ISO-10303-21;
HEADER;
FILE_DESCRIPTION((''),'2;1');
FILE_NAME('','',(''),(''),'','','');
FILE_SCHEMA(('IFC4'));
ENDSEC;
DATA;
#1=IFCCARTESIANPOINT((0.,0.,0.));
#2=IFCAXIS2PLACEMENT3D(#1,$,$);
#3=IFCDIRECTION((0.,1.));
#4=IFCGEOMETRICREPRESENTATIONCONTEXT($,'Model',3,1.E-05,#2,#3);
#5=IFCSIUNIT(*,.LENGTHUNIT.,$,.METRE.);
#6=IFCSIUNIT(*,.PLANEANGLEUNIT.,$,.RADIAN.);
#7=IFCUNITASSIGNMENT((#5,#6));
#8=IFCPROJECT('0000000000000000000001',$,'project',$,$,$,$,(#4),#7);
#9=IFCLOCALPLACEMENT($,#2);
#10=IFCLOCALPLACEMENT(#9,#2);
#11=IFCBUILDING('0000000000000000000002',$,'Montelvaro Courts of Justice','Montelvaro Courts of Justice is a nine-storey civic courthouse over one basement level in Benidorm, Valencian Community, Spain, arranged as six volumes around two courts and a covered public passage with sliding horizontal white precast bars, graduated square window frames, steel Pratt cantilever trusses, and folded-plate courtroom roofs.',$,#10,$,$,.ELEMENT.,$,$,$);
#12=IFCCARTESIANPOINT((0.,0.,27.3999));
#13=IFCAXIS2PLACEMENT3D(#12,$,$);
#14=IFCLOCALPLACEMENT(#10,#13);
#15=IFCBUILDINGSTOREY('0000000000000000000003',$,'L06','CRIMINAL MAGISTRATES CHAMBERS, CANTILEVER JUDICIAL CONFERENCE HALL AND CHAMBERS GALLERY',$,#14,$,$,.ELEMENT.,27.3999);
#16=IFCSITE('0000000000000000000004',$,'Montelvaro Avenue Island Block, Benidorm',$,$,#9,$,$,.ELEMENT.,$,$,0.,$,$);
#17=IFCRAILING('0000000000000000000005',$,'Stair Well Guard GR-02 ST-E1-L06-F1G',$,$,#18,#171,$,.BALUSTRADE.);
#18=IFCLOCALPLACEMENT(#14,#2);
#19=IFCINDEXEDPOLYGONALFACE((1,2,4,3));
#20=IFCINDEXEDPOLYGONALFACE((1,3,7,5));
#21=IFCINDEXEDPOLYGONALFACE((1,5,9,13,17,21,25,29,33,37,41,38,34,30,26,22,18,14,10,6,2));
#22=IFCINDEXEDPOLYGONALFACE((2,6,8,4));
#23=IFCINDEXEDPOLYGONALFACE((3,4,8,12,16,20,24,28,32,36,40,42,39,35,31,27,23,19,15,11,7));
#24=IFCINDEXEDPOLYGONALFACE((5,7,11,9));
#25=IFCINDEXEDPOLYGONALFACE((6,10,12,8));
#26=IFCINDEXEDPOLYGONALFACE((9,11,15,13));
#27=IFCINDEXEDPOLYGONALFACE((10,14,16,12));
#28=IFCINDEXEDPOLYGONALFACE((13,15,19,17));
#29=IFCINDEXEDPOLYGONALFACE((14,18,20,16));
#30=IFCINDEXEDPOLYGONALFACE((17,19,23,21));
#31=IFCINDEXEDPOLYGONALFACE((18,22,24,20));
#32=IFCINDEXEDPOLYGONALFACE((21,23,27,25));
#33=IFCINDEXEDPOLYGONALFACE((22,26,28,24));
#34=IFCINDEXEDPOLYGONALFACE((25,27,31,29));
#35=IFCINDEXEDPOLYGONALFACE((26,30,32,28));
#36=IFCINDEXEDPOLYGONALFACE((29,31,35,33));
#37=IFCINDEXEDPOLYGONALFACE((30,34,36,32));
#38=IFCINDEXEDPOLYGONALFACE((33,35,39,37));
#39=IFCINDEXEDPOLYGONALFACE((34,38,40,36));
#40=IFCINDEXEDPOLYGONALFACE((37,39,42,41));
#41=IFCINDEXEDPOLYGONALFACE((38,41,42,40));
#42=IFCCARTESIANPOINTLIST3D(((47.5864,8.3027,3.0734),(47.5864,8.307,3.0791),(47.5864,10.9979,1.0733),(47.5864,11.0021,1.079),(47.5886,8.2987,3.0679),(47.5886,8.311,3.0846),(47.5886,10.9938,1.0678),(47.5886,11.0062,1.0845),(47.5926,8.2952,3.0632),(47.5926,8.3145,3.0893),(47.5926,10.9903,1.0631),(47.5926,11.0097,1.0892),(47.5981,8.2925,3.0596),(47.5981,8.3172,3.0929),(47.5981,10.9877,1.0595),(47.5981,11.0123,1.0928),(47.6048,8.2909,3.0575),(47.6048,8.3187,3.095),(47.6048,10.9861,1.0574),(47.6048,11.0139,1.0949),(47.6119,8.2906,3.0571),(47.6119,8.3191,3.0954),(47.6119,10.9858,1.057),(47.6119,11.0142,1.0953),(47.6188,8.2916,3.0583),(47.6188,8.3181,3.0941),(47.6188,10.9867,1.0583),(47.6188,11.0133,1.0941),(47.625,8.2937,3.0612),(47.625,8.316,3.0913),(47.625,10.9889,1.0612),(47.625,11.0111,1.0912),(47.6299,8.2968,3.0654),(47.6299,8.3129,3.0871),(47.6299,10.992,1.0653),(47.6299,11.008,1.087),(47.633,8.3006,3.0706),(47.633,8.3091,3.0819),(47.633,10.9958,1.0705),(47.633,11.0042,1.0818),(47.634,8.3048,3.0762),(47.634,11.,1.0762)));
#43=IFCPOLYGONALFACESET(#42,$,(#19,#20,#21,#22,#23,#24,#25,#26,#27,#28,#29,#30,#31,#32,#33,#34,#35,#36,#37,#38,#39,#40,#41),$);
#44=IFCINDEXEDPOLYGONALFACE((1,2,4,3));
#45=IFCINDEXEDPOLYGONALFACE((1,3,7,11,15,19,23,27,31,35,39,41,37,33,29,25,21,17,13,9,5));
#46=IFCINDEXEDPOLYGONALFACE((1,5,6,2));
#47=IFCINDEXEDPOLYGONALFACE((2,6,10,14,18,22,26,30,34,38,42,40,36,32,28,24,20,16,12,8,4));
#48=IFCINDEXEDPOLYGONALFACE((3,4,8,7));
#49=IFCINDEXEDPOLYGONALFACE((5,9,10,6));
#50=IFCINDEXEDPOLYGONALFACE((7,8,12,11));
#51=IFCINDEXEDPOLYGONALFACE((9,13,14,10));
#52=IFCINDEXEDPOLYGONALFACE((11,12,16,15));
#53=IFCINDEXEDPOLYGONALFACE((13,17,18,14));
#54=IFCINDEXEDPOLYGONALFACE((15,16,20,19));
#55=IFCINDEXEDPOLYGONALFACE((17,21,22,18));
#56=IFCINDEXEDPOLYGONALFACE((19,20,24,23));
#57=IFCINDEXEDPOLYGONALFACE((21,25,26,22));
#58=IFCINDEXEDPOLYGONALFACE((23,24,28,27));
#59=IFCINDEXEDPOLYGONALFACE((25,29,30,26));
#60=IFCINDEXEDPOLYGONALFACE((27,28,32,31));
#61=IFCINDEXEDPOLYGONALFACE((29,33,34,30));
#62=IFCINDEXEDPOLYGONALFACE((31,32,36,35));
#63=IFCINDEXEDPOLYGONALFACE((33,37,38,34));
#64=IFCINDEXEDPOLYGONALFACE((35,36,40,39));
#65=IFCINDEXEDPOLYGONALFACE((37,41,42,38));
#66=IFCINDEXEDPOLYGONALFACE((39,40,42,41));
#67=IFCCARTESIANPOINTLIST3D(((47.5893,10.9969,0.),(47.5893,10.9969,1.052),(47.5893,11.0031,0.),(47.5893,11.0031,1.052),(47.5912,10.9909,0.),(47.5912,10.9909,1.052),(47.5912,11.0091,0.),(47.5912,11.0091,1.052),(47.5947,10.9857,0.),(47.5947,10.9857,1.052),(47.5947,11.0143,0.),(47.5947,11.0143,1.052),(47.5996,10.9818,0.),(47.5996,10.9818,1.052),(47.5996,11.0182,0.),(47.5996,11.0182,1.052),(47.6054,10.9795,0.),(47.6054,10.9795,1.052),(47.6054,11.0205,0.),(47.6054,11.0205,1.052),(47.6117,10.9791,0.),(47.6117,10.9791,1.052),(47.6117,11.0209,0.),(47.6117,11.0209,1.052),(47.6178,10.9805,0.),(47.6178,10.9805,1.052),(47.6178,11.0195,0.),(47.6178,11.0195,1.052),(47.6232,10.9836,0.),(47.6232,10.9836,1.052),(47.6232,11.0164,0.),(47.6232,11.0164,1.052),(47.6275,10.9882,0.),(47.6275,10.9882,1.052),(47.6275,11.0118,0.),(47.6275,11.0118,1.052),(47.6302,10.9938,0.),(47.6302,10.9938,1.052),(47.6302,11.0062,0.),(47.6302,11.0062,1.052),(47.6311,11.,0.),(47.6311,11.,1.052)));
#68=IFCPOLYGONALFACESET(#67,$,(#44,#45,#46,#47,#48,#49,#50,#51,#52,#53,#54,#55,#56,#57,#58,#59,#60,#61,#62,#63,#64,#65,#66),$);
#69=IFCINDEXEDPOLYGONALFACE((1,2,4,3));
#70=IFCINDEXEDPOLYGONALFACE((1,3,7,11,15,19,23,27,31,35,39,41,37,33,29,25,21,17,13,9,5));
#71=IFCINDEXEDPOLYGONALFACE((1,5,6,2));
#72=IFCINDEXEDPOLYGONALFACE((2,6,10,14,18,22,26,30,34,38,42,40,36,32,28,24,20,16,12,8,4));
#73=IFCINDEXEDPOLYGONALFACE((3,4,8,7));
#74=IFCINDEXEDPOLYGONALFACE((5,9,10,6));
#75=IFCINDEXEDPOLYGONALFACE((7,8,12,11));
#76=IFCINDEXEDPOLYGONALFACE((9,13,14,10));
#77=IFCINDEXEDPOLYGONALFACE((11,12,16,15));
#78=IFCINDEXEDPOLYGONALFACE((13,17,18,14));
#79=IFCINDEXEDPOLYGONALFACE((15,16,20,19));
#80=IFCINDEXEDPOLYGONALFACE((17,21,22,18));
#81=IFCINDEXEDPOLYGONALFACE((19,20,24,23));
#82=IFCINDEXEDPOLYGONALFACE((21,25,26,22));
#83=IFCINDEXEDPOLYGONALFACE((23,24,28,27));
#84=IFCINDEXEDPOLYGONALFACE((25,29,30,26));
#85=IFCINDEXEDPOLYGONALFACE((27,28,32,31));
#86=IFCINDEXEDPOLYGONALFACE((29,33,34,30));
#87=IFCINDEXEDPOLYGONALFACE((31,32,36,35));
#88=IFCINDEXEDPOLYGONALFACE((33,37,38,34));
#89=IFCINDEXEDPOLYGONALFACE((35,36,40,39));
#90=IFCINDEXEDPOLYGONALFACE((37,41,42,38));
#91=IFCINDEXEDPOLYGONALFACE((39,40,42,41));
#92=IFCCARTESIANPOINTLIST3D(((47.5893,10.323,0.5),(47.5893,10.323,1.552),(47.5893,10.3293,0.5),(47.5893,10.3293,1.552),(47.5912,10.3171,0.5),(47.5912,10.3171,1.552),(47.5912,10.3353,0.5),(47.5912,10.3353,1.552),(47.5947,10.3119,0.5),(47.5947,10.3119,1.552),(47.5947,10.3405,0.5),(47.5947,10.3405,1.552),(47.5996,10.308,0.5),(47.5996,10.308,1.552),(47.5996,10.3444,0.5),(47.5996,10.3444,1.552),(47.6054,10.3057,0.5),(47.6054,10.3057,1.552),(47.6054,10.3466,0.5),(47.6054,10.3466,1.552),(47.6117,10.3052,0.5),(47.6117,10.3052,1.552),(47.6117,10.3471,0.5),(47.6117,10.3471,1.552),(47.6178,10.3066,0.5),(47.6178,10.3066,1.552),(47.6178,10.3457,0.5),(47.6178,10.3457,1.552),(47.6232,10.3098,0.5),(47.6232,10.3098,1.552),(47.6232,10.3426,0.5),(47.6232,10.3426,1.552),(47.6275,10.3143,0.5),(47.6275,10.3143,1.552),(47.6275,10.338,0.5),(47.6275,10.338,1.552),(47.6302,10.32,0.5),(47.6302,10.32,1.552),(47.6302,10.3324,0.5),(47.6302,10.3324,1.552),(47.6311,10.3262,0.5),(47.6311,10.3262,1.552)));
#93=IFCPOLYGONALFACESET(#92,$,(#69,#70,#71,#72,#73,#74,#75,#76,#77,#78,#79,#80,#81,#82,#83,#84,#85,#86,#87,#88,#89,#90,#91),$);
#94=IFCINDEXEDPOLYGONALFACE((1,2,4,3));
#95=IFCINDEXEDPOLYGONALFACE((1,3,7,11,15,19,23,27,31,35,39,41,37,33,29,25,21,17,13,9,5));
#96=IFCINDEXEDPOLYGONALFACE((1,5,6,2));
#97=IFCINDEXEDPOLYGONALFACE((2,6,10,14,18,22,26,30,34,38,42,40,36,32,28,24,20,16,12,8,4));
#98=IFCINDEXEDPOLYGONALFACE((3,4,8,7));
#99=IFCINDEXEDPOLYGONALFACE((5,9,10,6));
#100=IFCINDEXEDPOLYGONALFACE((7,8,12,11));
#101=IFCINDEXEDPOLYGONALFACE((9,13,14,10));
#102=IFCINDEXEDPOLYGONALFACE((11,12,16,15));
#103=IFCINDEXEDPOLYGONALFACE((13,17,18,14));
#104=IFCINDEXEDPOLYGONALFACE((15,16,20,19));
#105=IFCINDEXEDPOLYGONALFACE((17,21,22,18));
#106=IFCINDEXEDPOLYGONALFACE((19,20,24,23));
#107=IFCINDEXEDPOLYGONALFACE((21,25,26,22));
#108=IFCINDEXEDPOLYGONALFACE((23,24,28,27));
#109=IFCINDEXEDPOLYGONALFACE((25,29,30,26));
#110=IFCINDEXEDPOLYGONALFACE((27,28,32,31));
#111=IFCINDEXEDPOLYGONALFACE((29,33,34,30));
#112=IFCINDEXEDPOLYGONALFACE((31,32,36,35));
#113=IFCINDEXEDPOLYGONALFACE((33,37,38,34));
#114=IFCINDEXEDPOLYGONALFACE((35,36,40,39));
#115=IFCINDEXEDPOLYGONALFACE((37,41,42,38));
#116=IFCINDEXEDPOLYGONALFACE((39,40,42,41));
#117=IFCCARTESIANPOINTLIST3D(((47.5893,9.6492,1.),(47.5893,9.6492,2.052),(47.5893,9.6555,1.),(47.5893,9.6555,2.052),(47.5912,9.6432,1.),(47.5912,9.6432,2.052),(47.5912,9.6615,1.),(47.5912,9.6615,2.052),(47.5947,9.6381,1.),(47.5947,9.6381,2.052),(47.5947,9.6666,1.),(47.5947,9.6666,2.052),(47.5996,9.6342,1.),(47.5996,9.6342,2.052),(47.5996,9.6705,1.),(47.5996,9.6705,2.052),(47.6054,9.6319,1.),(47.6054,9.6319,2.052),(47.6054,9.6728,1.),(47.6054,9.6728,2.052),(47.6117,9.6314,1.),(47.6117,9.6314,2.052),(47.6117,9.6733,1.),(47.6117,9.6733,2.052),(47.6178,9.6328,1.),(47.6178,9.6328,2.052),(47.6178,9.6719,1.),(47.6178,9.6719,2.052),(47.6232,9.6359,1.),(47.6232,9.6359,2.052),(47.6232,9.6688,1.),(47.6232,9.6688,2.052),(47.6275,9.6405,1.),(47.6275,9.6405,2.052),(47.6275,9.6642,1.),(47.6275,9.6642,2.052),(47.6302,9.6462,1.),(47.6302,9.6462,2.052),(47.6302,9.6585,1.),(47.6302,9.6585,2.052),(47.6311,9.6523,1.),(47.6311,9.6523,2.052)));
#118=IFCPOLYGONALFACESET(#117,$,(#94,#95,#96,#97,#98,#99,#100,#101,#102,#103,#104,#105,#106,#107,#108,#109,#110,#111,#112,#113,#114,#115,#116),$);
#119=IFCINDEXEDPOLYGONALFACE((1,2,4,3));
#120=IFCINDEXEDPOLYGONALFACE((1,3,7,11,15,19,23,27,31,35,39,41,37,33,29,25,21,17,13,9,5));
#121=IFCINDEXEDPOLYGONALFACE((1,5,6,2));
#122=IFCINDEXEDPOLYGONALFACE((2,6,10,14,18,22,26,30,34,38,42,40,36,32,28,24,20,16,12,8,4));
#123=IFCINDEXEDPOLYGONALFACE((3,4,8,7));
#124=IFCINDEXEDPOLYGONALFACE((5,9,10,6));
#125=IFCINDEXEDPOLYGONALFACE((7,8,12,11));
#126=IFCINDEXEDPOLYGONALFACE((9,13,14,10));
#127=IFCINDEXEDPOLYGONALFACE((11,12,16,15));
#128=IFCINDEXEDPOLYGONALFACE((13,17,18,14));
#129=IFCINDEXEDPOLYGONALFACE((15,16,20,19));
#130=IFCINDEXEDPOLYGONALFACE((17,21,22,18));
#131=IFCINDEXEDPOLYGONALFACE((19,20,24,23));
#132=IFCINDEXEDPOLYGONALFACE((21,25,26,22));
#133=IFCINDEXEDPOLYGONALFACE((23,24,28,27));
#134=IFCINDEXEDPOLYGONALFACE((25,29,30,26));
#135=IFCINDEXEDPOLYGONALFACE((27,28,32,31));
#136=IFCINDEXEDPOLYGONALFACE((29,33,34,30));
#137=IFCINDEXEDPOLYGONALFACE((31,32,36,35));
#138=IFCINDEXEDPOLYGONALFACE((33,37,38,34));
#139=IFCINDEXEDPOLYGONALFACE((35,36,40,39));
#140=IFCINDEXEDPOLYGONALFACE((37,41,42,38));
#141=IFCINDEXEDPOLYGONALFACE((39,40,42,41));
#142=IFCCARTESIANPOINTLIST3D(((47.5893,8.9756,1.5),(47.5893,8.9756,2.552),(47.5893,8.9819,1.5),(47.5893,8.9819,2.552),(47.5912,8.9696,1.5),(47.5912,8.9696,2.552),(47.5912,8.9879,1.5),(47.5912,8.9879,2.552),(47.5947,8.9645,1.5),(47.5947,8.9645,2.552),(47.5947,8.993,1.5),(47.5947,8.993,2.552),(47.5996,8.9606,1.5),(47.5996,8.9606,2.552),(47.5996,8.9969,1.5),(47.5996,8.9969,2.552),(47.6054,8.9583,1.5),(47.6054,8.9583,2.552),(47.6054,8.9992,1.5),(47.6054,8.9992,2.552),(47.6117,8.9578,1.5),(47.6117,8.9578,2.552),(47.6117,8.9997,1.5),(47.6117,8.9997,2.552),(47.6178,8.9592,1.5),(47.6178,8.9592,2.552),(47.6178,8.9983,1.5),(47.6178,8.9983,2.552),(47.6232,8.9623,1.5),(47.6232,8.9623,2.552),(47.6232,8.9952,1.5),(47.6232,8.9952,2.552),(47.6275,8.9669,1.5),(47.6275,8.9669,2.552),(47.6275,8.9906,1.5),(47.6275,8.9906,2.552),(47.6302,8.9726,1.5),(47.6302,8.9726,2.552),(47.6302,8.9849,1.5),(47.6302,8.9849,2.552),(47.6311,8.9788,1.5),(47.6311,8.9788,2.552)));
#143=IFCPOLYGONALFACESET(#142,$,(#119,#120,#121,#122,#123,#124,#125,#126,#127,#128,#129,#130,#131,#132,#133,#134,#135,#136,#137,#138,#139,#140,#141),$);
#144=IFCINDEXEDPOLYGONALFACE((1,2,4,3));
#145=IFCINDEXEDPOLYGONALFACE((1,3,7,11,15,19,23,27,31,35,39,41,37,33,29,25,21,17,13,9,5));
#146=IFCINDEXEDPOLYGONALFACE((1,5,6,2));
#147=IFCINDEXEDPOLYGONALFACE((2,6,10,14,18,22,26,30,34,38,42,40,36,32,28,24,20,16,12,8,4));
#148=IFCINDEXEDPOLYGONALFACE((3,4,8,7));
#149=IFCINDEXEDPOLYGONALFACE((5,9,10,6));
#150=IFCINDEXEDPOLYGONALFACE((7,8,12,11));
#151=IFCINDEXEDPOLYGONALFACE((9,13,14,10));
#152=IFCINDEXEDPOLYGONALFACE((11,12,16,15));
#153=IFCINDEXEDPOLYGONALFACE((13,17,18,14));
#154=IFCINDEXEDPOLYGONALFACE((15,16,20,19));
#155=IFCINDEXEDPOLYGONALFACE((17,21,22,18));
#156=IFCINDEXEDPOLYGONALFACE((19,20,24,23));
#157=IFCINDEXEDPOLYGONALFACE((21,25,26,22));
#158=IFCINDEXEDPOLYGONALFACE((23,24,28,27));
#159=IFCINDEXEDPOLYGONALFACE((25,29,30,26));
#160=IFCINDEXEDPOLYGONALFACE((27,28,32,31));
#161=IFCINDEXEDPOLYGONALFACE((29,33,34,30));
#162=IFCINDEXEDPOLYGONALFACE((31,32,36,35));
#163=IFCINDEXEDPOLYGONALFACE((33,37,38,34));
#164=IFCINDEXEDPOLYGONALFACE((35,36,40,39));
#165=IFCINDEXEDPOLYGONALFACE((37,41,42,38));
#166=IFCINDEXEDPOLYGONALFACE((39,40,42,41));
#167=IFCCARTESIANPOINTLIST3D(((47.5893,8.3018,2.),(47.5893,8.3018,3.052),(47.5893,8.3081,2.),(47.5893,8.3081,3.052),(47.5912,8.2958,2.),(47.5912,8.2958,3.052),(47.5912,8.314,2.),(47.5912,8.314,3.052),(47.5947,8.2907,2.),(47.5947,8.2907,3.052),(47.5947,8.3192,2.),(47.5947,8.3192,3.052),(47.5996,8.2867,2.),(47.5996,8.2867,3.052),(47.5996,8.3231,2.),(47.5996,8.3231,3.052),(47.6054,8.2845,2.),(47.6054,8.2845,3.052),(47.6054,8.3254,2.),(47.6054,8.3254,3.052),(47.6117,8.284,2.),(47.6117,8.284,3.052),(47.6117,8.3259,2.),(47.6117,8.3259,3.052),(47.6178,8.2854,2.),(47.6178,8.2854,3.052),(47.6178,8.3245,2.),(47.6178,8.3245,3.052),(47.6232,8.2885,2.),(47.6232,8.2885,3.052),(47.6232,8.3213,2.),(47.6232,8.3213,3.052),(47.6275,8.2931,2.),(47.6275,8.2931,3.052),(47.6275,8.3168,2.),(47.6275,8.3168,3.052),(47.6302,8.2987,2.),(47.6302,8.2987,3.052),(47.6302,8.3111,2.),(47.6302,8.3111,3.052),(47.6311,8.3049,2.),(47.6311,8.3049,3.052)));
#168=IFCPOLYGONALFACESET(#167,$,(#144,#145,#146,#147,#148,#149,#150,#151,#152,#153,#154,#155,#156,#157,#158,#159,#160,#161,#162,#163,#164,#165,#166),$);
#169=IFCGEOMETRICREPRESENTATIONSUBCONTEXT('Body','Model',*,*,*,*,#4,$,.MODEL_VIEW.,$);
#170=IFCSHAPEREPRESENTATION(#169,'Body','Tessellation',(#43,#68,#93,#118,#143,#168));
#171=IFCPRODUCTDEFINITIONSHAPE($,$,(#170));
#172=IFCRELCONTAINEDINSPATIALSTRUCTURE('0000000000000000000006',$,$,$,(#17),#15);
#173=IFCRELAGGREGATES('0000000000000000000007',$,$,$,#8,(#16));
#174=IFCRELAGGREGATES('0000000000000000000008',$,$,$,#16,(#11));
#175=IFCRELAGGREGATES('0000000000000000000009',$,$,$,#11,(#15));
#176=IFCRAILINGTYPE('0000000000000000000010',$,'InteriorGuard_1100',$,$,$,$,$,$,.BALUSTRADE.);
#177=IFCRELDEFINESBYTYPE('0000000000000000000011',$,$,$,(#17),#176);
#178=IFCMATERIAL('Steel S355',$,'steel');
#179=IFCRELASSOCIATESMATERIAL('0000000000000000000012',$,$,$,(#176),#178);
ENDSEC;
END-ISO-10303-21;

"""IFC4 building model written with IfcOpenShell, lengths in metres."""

from ifc_helpers import new_model, si_unit, direction, frame, origin, origin_2d, place, context, subcontext, project, spatial, circle, extrude, material, type_object, element, save


model = new_model("IFC4")

# Units and contexts
model_context = context("Model", 3, precision=1e-05, world=origin(), true_north=direction((0.0, 1.0)))
body_context = subcontext(model_context, "Body", "Model", "MODEL_VIEW")
ifc_project = project(units=[si_unit("LENGTHUNIT", "METRE"), si_unit("PLANEANGLEUNIT", "RADIAN")], contexts=[model_context])

# Site, building, storey
site_placement = place(None, origin())
site = spatial("IfcSite", under=ifc_project, at=site_placement, Name="Montelvaro Avenue Island Block, Benidorm", CompositionType="ELEMENT", RefElevation=0.0)
building_placement = place(site_placement, origin())
building = spatial("IfcBuilding", under=site, at=building_placement, Name="Montelvaro Courts of Justice", Description="Montelvaro Courts of Justice is a nine-storey civic courthouse over one basement level in Benidorm, Valencian Community, Spain, arranged as six volumes around two courts and a covered public passage with sliding horizontal white precast bars, graduated square window frames, steel Pratt cantilever trusses, and folded-plate courtroom roofs.", CompositionType="ELEMENT")
storey_placement = place(building_placement, frame((0.0, 0.0, 27.3999)))
storey = spatial("IfcBuildingStorey", under=building, at=storey_placement, Name="L06", Description="CRIMINAL MAGISTRATES CHAMBERS, CANTILEVER JUDICIAL CONFERENCE HALL AND CHAMBERS GALLERY", CompositionType="ELEMENT", Elevation=27.3999)

# Shared definitions
ifc_material_1 = material(Name="Steel S355", Category="steel")

# Railing
railing_type_1 = type_object("IfcRailingType", Name="InteriorGuard_1100", PredefinedType="BALUSTRADE", material=ifc_material_1)
railing_1_placement = place(storey_placement, frame((47.6101, 11.0, 0.0)))
element("IfcRailing", 1, at=railing_1_placement, inside=storey, type_object=railing_type_1, Name="Stair Well Guard GR-02 ST-E1-L06-F1G", PredefinedType="BALUSTRADE", context=body_context, shape_type="SweptSolid", body=[
    extrude(circle(Radius=0.0239, at=origin_2d()), frame((0.0, 0.0, 1.0762), z_axis=(0.0, -0.803036, 0.59593), x_axis=(1.0, 0.0, 0.0)), (0.0, 0.0, 1.0), 3.3562),
    extrude(circle(Radius=0.021, at=origin_2d()), origin(), (0.0, 0.0, 1.0), 1.052),
    extrude(circle(Radius=0.021, at=origin_2d()), frame((0.0, -0.6738, 0.5)), (0.0, 0.0, 1.0), 1.052),
    extrude(circle(Radius=0.021, at=origin_2d()), frame((0.0, -1.3477, 1.0)), (0.0, 0.0, 1.0), 1.052),
    extrude(circle(Radius=0.021, at=origin_2d()), frame((0.0, -2.0212, 1.5)), (0.0, 0.0, 1.0), 1.052),
    extrude(circle(Radius=0.021, at=origin_2d()), frame((0.0, -2.6951, 2.0)), (0.0, 0.0, 1.0), 1.052),
])

save(model, "model.ifc")
